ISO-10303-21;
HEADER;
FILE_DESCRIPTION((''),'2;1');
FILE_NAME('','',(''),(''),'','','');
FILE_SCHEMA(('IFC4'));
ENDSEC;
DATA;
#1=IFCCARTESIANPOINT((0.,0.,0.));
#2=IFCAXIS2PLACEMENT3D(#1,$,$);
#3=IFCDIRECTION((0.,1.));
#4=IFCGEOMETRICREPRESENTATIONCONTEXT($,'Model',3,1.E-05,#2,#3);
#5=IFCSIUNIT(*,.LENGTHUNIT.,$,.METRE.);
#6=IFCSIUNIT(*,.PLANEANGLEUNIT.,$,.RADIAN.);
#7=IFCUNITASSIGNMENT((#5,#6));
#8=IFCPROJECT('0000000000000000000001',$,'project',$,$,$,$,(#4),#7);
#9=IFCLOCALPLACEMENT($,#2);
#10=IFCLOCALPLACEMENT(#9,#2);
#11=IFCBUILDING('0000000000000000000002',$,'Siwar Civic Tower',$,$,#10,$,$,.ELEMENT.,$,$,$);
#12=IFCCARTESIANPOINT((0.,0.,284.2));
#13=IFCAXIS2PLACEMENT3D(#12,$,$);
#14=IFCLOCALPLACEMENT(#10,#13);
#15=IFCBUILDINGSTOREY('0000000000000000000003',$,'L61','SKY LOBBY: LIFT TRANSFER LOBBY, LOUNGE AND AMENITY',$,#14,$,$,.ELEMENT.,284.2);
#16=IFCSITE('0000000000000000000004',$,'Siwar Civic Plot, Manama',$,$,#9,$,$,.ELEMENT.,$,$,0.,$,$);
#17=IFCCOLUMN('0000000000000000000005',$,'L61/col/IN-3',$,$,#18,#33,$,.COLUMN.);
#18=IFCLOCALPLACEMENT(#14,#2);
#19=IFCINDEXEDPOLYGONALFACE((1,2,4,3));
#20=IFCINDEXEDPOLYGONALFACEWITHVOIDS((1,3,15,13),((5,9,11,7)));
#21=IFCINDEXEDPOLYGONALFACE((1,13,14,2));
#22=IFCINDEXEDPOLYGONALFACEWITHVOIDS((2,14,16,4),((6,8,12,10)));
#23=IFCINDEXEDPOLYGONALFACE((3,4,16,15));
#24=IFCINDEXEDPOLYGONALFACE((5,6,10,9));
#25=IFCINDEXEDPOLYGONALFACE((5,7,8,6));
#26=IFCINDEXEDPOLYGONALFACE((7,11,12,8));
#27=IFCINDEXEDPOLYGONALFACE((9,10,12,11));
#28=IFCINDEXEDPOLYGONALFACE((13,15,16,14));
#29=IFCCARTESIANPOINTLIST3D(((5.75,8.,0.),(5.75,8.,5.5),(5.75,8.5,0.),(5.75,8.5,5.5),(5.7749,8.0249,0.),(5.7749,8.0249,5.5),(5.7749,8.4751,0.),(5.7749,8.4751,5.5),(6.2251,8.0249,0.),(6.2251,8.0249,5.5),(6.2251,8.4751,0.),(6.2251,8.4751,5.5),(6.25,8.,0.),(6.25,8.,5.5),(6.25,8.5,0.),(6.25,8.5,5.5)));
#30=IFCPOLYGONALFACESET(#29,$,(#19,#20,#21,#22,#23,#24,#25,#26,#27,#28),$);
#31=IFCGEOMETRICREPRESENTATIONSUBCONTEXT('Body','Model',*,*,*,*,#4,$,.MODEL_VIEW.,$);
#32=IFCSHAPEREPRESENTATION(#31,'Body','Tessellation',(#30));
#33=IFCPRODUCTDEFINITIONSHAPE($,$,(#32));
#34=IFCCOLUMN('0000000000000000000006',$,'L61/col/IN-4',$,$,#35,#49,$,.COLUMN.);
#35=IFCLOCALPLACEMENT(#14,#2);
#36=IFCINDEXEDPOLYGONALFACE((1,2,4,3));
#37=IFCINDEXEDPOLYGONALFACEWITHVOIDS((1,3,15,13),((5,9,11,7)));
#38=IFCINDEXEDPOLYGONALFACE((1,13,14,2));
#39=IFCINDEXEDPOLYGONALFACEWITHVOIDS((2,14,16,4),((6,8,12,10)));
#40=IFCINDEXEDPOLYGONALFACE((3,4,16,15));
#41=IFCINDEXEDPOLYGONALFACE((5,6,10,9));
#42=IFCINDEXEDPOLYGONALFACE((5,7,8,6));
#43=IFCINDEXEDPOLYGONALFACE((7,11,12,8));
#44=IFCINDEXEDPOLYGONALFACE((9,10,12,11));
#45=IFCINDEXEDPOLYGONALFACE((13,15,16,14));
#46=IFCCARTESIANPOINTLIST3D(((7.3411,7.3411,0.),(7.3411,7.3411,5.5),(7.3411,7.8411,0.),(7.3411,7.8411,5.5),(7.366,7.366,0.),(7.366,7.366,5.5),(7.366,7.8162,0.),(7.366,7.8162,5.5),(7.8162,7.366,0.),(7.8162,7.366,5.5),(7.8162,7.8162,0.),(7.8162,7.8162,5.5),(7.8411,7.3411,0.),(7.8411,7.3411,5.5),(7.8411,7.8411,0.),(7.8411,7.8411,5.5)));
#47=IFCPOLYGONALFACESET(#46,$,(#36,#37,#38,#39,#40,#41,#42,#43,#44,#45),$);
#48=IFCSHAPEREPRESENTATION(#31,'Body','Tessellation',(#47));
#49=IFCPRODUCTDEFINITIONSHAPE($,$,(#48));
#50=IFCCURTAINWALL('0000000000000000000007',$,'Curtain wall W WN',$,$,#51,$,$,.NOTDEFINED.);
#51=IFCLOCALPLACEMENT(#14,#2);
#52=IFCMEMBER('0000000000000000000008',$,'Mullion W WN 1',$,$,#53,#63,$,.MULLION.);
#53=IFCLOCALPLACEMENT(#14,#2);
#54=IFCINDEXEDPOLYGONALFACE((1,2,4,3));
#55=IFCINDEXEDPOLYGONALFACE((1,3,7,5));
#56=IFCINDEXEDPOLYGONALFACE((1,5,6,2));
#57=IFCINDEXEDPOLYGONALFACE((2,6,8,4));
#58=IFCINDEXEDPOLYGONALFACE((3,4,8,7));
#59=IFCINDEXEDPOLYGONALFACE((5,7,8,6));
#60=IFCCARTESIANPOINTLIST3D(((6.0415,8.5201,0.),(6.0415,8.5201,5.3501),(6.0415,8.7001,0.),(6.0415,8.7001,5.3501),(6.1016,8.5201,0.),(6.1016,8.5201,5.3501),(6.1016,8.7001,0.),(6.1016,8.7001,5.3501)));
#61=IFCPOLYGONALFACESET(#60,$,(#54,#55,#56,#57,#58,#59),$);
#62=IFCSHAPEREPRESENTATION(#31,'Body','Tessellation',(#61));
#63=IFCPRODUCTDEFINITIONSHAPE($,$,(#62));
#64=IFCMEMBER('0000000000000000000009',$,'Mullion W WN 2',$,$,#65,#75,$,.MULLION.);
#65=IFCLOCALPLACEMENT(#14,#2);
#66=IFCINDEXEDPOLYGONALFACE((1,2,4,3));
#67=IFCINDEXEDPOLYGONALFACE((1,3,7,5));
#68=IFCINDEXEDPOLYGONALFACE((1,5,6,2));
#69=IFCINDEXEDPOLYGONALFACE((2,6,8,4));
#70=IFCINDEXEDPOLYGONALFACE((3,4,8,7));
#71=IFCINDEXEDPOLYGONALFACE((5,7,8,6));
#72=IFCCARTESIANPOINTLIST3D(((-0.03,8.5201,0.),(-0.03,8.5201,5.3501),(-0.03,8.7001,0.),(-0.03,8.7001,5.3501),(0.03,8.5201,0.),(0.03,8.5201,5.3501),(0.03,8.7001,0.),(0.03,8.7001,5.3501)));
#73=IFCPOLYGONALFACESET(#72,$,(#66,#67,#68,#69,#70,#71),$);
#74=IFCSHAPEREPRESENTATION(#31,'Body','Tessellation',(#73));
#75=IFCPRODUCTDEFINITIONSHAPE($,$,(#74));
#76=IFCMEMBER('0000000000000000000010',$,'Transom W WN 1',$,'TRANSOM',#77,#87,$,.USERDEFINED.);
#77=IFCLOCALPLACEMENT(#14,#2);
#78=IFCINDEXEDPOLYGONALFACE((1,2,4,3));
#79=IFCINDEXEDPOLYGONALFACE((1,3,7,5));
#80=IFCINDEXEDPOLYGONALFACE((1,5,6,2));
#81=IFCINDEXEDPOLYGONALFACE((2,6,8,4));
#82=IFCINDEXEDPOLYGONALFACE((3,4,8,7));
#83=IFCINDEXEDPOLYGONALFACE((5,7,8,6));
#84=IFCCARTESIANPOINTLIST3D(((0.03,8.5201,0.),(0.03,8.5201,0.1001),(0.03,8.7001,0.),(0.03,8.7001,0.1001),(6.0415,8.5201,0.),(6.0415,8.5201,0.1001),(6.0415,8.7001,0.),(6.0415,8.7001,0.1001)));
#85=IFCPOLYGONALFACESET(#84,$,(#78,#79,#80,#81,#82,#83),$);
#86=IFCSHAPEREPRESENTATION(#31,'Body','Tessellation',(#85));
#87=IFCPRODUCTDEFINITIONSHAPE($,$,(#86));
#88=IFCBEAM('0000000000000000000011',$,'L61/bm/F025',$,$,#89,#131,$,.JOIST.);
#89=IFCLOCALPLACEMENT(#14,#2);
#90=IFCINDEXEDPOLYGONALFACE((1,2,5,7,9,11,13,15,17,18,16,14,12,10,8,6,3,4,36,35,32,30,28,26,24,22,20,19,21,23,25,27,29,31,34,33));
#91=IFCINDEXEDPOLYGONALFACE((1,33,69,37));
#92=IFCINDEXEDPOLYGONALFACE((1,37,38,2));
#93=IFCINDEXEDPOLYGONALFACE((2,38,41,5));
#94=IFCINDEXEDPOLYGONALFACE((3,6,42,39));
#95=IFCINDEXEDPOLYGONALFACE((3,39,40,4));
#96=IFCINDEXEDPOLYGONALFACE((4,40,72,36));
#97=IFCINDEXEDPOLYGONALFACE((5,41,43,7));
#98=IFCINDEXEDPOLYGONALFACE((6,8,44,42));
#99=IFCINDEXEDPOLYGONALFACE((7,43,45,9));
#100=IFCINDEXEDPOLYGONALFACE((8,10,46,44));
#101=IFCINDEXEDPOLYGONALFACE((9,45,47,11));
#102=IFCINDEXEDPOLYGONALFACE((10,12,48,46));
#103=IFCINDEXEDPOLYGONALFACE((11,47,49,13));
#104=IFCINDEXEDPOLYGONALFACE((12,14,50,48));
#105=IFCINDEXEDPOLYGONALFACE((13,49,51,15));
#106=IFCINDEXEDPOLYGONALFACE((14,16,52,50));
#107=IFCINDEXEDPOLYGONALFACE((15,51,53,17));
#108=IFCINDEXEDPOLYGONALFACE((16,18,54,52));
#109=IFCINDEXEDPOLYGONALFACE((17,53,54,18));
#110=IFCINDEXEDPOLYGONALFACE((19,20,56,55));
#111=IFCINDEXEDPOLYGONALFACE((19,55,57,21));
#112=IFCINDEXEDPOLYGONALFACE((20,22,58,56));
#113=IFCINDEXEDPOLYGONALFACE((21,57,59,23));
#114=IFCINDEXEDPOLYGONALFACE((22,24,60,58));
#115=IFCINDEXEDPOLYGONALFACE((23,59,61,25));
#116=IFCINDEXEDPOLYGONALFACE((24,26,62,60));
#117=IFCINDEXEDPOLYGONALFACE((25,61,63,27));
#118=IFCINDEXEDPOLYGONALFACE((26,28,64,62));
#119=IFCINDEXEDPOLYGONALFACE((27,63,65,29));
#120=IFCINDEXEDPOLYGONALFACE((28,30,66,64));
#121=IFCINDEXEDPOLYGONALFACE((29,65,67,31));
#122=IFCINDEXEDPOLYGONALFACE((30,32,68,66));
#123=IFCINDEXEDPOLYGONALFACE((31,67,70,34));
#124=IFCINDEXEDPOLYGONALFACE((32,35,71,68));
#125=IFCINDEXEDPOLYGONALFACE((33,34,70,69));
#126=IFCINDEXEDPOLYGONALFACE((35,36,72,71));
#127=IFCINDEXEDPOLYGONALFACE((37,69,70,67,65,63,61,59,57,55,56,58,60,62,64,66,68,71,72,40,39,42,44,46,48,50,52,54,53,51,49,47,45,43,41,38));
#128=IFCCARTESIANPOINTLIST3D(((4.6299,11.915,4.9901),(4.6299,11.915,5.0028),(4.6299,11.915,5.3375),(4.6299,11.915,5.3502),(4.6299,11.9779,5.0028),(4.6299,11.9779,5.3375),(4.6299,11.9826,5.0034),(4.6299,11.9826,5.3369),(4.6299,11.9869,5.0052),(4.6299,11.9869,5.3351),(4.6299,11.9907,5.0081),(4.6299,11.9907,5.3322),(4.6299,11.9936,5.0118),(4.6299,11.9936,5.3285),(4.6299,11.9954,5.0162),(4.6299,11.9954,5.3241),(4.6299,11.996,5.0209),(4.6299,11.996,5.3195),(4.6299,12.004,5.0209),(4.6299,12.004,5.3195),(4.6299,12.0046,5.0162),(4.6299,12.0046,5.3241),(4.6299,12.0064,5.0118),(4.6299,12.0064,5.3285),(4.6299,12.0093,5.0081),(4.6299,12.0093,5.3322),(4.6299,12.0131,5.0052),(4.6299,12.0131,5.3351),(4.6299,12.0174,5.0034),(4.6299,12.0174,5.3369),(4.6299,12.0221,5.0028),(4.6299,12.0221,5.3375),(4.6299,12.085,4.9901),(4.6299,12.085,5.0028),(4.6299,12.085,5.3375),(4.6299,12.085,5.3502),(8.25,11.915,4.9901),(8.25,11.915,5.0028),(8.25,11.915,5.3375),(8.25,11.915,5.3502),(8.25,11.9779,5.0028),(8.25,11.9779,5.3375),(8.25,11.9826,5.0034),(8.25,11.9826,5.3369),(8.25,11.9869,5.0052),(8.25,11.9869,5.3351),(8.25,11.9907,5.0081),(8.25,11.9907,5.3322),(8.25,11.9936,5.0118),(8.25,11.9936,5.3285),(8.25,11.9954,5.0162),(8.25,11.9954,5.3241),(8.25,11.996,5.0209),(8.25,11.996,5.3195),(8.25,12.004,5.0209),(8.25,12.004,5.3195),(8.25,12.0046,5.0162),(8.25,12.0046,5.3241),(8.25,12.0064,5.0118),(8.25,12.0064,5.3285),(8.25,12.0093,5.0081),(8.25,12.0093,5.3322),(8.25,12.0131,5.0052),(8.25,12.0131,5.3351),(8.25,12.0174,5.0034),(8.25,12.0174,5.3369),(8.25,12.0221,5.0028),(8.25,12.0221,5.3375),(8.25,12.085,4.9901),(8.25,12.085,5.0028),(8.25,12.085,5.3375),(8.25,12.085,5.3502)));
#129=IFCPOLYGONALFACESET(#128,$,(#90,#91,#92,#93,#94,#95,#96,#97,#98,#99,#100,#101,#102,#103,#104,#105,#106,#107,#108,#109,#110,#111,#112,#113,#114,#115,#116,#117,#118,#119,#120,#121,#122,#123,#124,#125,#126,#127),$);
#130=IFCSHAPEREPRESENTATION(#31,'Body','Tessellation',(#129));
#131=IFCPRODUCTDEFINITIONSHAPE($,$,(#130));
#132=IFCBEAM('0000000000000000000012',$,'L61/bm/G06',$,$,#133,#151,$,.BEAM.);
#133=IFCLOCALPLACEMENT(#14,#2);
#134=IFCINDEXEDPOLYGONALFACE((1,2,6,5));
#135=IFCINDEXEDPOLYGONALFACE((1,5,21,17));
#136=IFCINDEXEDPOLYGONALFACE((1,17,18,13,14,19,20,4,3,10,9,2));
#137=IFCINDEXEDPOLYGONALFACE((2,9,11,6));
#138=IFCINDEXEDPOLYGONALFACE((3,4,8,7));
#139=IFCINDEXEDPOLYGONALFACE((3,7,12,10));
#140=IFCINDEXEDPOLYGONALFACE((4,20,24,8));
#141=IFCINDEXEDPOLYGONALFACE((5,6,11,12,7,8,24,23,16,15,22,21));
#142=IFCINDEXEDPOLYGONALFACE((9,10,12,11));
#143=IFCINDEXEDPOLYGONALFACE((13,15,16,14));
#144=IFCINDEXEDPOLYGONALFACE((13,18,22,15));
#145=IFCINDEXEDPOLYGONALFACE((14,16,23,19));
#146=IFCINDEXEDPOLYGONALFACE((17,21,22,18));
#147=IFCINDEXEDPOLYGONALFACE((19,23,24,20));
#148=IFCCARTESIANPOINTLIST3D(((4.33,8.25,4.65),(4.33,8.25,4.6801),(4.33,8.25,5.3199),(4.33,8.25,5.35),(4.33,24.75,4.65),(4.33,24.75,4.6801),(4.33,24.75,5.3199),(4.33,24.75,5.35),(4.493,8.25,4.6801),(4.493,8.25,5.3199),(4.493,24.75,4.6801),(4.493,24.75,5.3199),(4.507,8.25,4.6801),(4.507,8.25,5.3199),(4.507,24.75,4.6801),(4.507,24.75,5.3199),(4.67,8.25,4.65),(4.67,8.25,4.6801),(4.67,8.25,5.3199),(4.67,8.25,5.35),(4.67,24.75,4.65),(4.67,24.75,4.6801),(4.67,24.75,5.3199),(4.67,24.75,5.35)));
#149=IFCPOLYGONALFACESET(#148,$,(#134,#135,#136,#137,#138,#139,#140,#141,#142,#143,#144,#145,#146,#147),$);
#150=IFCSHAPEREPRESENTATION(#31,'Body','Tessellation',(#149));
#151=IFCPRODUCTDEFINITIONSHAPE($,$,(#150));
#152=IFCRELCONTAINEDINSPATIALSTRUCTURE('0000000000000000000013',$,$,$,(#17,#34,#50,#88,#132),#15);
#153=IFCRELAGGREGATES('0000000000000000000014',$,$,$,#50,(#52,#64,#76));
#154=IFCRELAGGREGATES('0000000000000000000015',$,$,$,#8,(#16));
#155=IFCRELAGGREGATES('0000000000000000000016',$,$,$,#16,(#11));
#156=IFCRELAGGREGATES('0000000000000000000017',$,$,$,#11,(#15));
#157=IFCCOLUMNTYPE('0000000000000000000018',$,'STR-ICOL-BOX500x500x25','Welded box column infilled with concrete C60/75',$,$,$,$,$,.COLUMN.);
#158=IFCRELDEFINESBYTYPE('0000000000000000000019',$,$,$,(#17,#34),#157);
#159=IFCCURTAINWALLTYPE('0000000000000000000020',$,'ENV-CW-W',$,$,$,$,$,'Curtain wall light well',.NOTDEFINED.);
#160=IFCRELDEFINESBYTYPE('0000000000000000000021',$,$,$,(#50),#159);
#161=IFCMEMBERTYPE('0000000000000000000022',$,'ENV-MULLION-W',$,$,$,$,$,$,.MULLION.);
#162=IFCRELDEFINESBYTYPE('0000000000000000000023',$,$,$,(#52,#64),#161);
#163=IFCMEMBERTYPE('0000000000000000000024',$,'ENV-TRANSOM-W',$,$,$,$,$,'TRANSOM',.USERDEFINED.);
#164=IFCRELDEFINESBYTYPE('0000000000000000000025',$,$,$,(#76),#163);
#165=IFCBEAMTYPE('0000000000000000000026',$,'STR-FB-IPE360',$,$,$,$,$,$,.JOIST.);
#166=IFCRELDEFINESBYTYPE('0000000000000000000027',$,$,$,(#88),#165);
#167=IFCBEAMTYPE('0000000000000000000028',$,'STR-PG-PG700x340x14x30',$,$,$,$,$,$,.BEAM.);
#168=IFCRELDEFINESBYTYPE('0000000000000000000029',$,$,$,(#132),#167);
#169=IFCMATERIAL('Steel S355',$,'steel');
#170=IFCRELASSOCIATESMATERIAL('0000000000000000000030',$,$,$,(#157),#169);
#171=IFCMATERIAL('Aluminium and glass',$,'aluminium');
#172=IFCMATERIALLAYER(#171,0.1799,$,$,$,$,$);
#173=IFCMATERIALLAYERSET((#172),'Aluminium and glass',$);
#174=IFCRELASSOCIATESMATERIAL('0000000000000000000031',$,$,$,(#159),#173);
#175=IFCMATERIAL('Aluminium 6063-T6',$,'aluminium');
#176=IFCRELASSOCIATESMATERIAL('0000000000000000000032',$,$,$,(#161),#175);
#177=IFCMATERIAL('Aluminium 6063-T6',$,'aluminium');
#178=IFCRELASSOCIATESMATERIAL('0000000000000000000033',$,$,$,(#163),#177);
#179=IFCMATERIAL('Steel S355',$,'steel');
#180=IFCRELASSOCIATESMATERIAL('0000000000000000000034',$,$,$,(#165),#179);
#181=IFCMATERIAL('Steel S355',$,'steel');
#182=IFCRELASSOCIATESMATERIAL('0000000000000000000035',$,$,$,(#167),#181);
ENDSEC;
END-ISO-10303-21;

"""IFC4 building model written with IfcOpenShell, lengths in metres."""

from ifc_helpers import new_model, si_unit, direction, frame, origin, origin_2d, place, context, subcontext, project, spatial, rectangle, hollow_rectangle, i_section, extrude, material, layer, layer_set, material_profile, profile_set, type_object, element, aggregate, save


model = new_model("IFC4")

# Units and contexts
model_context = context("Model", 3, precision=1e-05, world=origin(), true_north=direction((0.0, 1.0)))
body_context = subcontext(model_context, "Body", "Model", "MODEL_VIEW")
ifc_project = project(units=[si_unit("LENGTHUNIT", "METRE"), si_unit("PLANEANGLEUNIT", "RADIAN")], contexts=[model_context])

# Site, building, storey
site_placement = place(None, origin())
site = spatial("IfcSite", under=ifc_project, at=site_placement, Name="Siwar Civic Plot, Manama", CompositionType="ELEMENT", RefElevation=0.0)
building_placement = place(site_placement, origin())
building = spatial("IfcBuilding", under=site, at=building_placement, Name="Siwar Civic Tower", CompositionType="ELEMENT")
storey_placement = place(building_placement, frame((0.0, 0.0, 284.2)))
storey = spatial("IfcBuildingStorey", under=building, at=storey_placement, Name="L61", Description="SKY LOBBY: LIFT TRANSFER LOBBY, LOUNGE AND AMENITY", CompositionType="ELEMENT", Elevation=284.2)

# Columns
ifc_material_1 = material(Name="Steel S355", Category="steel")
ifc_material_profile_1 = material_profile(ifc_material_1, hollow_rectangle(XDim=0.5, YDim=0.5, WallThickness=0.0249, at=origin_2d()), Name="BOX500x500x25")
ifc_profile_set_1 = profile_set([ifc_material_profile_1], Name="Steel S355")
column_type = type_object("IfcColumnType", Name="STR-ICOL-BOX500x500x25", Description="Welded box column infilled with concrete C60/75", PredefinedType="COLUMN", material=ifc_profile_set_1)
for number, where, z_axis, x_axis, name in (
    (1, (6.0, 8.25, 0.0), (0.0, 0.0, 1.0), (1.0, 0.0, 0.0), "L61/col/IN-3"),
    (2, (7.5911, 7.5911, 0.0), (0.0, 0.0, 1.0), (1.0, 0.0, 0.0), "L61/col/IN-4"),
):
    element("IfcColumn", number, at=place(storey_placement, frame(where, z_axis=z_axis, x_axis=x_axis)), inside=storey, type_object=column_type, Name=name, PredefinedType="COLUMN", context=body_context, shape_type="SweptSolid", body=[
        extrude(hollow_rectangle(XDim=0.5, YDim=0.5, WallThickness=0.0249, at=origin_2d()), origin(), (0.0, 0.0, 1.0), 5.5),
    ])

# Curtain wall, members
ifc_material_2 = material(Name="Aluminium and glass", Category="aluminium")
ifc_layer_1 = layer(ifc_material_2, 0.1799)
ifc_layer_set_1 = layer_set([ifc_layer_1], Name="Aluminium and glass")
curtain_wall_type = type_object("IfcCurtainWallType", Name="ENV-CW-W", ElementType="Curtain wall light well", PredefinedType="NOTDEFINED", material=ifc_layer_set_1)
curtain_wall_placement = place(storey_placement, origin())
curtain_wall = element("IfcCurtainWall", 3, at=curtain_wall_placement, inside=storey, type_object=curtain_wall_type, Name="Curtain wall W WN", PredefinedType="NOTDEFINED")
ifc_material_3 = material(Name="Aluminium 6063-T6", Category="aluminium")
ifc_material_profile_2 = material_profile(ifc_material_3, rectangle(XDim=0.1799, YDim=0.0601, at=origin_2d()), Name="AL 180x60")
ifc_profile_set_2 = profile_set([ifc_material_profile_2], Name="Aluminium 6063-T6")
member_type_1 = type_object("IfcMemberType", Name="ENV-MULLION-W", PredefinedType="MULLION", material=ifc_profile_set_2)
member_1_placement = place(storey_placement, frame((6.0715, 8.6101, 0.0), z_axis=(0.0, 0.0, 1.0), x_axis=(0.0, -1.0, 0.0)))
member_1 = element("IfcMember", 4, at=member_1_placement, type_object=member_type_1, Name="Mullion W WN 1", PredefinedType="MULLION", context=body_context, shape_type="SweptSolid", body=[
    extrude(rectangle(XDim=0.1799, YDim=0.0601, at=origin_2d()), origin(), (0.0, 0.0, 1.0), 5.3501),
])
member_2_placement = place(storey_placement, frame((0.0, 8.6101, 0.0), z_axis=(0.0, 0.0, 1.0), x_axis=(0.0, -1.0, 0.0)))
member_2 = element("IfcMember", 5, at=member_2_placement, type_object=member_type_1, Name="Mullion W WN 2", PredefinedType="MULLION", context=body_context, shape_type="SweptSolid", body=[
    extrude(rectangle(XDim=0.1799, YDim=0.0601, at=origin_2d()), origin(), (0.0, 0.0, 1.0), 5.3501),
])
ifc_material_4 = material(Name="Aluminium 6063-T6", Category="aluminium")
ifc_material_profile_3 = material_profile(ifc_material_4, rectangle(XDim=0.1799, YDim=0.1001, at=origin_2d()), Name="AL 180x100")
ifc_profile_set_3 = profile_set([ifc_material_profile_3], Name="Aluminium 6063-T6")
member_type_2 = type_object("IfcMemberType", Name="ENV-TRANSOM-W", ElementType="TRANSOM", PredefinedType="USERDEFINED", material=ifc_profile_set_3)
member_3_placement = place(storey_placement, frame((6.0415, 8.6101, 0.05), z_axis=(-1.0, 0.0, 0.0), x_axis=(0.0, -1.0, 0.0)))
member_3 = element("IfcMember", 6, at=member_3_placement, type_object=member_type_2, Name="Transom W WN 1", ObjectType="TRANSOM", PredefinedType="USERDEFINED", context=body_context, shape_type="SweptSolid", body=[
    extrude(rectangle(XDim=0.1799, YDim=0.1001, at=origin_2d()), origin(), (0.0, 0.0, 1.0), 6.0115),
])

# Beams
ifc_material_5 = material(Name="Steel S355", Category="steel")
ifc_material_profile_4 = material_profile(ifc_material_5, i_section(OverallWidth=0.1699, OverallDepth=0.3601, WebThickness=0.0081, FlangeThickness=0.0127, FilletRadius=0.0181, at=origin_2d()), Name="IPE360")
ifc_profile_set_4 = profile_set([ifc_material_profile_4], Name="Steel S355")
beam_type_1 = type_object("IfcBeamType", Name="STR-FB-IPE360", PredefinedType="JOIST", material=ifc_profile_set_4)
beam_1_placement = place(storey_placement, frame((4.6299, 12.0, 5.1702), z_axis=(1.0, 0.0, 0.0), x_axis=(0.0, 1.0, 0.0)))
element("IfcBeam", 7, at=beam_1_placement, inside=storey, type_object=beam_type_1, Name="L61/bm/F025", PredefinedType="JOIST", context=body_context, shape_type="SweptSolid", body=[
    extrude(i_section(OverallWidth=0.1699, OverallDepth=0.3601, WebThickness=0.0081, FlangeThickness=0.0127, FilletRadius=0.0181, at=origin_2d()), origin(), (0.0, 0.0, 1.0), 3.6201),
])
ifc_material_6 = material(Name="Steel S355", Category="steel")
ifc_material_profile_5 = material_profile(ifc_material_6, i_section(OverallWidth=0.3401, OverallDepth=0.7, WebThickness=0.0139, FlangeThickness=0.03, at=origin_2d()), Name="PG700x340x14x30")
ifc_profile_set_5 = profile_set([ifc_material_profile_5], Name="Steel S355")
beam_type_2 = type_object("IfcBeamType", Name="STR-PG-PG700x340x14x30", PredefinedType="BEAM", material=ifc_profile_set_5)
beam_2_placement = place(storey_placement, frame((4.5, 8.25, 5.0), z_axis=(0.0, 1.0, 0.0), x_axis=(-1.0, 0.0, 0.0)))
element("IfcBeam", 8, at=beam_2_placement, inside=storey, type_object=beam_type_2, Name="L61/bm/G06", PredefinedType="BEAM", context=body_context, shape_type="SweptSolid", body=[
    extrude(i_section(OverallWidth=0.3401, OverallDepth=0.7, WebThickness=0.0139, FlangeThickness=0.03, at=origin_2d()), origin(), (0.0, 0.0, 1.0), 16.5),
])

aggregate(curtain_wall, [member_1, member_2, member_3])

save(model, "model.ifc")
